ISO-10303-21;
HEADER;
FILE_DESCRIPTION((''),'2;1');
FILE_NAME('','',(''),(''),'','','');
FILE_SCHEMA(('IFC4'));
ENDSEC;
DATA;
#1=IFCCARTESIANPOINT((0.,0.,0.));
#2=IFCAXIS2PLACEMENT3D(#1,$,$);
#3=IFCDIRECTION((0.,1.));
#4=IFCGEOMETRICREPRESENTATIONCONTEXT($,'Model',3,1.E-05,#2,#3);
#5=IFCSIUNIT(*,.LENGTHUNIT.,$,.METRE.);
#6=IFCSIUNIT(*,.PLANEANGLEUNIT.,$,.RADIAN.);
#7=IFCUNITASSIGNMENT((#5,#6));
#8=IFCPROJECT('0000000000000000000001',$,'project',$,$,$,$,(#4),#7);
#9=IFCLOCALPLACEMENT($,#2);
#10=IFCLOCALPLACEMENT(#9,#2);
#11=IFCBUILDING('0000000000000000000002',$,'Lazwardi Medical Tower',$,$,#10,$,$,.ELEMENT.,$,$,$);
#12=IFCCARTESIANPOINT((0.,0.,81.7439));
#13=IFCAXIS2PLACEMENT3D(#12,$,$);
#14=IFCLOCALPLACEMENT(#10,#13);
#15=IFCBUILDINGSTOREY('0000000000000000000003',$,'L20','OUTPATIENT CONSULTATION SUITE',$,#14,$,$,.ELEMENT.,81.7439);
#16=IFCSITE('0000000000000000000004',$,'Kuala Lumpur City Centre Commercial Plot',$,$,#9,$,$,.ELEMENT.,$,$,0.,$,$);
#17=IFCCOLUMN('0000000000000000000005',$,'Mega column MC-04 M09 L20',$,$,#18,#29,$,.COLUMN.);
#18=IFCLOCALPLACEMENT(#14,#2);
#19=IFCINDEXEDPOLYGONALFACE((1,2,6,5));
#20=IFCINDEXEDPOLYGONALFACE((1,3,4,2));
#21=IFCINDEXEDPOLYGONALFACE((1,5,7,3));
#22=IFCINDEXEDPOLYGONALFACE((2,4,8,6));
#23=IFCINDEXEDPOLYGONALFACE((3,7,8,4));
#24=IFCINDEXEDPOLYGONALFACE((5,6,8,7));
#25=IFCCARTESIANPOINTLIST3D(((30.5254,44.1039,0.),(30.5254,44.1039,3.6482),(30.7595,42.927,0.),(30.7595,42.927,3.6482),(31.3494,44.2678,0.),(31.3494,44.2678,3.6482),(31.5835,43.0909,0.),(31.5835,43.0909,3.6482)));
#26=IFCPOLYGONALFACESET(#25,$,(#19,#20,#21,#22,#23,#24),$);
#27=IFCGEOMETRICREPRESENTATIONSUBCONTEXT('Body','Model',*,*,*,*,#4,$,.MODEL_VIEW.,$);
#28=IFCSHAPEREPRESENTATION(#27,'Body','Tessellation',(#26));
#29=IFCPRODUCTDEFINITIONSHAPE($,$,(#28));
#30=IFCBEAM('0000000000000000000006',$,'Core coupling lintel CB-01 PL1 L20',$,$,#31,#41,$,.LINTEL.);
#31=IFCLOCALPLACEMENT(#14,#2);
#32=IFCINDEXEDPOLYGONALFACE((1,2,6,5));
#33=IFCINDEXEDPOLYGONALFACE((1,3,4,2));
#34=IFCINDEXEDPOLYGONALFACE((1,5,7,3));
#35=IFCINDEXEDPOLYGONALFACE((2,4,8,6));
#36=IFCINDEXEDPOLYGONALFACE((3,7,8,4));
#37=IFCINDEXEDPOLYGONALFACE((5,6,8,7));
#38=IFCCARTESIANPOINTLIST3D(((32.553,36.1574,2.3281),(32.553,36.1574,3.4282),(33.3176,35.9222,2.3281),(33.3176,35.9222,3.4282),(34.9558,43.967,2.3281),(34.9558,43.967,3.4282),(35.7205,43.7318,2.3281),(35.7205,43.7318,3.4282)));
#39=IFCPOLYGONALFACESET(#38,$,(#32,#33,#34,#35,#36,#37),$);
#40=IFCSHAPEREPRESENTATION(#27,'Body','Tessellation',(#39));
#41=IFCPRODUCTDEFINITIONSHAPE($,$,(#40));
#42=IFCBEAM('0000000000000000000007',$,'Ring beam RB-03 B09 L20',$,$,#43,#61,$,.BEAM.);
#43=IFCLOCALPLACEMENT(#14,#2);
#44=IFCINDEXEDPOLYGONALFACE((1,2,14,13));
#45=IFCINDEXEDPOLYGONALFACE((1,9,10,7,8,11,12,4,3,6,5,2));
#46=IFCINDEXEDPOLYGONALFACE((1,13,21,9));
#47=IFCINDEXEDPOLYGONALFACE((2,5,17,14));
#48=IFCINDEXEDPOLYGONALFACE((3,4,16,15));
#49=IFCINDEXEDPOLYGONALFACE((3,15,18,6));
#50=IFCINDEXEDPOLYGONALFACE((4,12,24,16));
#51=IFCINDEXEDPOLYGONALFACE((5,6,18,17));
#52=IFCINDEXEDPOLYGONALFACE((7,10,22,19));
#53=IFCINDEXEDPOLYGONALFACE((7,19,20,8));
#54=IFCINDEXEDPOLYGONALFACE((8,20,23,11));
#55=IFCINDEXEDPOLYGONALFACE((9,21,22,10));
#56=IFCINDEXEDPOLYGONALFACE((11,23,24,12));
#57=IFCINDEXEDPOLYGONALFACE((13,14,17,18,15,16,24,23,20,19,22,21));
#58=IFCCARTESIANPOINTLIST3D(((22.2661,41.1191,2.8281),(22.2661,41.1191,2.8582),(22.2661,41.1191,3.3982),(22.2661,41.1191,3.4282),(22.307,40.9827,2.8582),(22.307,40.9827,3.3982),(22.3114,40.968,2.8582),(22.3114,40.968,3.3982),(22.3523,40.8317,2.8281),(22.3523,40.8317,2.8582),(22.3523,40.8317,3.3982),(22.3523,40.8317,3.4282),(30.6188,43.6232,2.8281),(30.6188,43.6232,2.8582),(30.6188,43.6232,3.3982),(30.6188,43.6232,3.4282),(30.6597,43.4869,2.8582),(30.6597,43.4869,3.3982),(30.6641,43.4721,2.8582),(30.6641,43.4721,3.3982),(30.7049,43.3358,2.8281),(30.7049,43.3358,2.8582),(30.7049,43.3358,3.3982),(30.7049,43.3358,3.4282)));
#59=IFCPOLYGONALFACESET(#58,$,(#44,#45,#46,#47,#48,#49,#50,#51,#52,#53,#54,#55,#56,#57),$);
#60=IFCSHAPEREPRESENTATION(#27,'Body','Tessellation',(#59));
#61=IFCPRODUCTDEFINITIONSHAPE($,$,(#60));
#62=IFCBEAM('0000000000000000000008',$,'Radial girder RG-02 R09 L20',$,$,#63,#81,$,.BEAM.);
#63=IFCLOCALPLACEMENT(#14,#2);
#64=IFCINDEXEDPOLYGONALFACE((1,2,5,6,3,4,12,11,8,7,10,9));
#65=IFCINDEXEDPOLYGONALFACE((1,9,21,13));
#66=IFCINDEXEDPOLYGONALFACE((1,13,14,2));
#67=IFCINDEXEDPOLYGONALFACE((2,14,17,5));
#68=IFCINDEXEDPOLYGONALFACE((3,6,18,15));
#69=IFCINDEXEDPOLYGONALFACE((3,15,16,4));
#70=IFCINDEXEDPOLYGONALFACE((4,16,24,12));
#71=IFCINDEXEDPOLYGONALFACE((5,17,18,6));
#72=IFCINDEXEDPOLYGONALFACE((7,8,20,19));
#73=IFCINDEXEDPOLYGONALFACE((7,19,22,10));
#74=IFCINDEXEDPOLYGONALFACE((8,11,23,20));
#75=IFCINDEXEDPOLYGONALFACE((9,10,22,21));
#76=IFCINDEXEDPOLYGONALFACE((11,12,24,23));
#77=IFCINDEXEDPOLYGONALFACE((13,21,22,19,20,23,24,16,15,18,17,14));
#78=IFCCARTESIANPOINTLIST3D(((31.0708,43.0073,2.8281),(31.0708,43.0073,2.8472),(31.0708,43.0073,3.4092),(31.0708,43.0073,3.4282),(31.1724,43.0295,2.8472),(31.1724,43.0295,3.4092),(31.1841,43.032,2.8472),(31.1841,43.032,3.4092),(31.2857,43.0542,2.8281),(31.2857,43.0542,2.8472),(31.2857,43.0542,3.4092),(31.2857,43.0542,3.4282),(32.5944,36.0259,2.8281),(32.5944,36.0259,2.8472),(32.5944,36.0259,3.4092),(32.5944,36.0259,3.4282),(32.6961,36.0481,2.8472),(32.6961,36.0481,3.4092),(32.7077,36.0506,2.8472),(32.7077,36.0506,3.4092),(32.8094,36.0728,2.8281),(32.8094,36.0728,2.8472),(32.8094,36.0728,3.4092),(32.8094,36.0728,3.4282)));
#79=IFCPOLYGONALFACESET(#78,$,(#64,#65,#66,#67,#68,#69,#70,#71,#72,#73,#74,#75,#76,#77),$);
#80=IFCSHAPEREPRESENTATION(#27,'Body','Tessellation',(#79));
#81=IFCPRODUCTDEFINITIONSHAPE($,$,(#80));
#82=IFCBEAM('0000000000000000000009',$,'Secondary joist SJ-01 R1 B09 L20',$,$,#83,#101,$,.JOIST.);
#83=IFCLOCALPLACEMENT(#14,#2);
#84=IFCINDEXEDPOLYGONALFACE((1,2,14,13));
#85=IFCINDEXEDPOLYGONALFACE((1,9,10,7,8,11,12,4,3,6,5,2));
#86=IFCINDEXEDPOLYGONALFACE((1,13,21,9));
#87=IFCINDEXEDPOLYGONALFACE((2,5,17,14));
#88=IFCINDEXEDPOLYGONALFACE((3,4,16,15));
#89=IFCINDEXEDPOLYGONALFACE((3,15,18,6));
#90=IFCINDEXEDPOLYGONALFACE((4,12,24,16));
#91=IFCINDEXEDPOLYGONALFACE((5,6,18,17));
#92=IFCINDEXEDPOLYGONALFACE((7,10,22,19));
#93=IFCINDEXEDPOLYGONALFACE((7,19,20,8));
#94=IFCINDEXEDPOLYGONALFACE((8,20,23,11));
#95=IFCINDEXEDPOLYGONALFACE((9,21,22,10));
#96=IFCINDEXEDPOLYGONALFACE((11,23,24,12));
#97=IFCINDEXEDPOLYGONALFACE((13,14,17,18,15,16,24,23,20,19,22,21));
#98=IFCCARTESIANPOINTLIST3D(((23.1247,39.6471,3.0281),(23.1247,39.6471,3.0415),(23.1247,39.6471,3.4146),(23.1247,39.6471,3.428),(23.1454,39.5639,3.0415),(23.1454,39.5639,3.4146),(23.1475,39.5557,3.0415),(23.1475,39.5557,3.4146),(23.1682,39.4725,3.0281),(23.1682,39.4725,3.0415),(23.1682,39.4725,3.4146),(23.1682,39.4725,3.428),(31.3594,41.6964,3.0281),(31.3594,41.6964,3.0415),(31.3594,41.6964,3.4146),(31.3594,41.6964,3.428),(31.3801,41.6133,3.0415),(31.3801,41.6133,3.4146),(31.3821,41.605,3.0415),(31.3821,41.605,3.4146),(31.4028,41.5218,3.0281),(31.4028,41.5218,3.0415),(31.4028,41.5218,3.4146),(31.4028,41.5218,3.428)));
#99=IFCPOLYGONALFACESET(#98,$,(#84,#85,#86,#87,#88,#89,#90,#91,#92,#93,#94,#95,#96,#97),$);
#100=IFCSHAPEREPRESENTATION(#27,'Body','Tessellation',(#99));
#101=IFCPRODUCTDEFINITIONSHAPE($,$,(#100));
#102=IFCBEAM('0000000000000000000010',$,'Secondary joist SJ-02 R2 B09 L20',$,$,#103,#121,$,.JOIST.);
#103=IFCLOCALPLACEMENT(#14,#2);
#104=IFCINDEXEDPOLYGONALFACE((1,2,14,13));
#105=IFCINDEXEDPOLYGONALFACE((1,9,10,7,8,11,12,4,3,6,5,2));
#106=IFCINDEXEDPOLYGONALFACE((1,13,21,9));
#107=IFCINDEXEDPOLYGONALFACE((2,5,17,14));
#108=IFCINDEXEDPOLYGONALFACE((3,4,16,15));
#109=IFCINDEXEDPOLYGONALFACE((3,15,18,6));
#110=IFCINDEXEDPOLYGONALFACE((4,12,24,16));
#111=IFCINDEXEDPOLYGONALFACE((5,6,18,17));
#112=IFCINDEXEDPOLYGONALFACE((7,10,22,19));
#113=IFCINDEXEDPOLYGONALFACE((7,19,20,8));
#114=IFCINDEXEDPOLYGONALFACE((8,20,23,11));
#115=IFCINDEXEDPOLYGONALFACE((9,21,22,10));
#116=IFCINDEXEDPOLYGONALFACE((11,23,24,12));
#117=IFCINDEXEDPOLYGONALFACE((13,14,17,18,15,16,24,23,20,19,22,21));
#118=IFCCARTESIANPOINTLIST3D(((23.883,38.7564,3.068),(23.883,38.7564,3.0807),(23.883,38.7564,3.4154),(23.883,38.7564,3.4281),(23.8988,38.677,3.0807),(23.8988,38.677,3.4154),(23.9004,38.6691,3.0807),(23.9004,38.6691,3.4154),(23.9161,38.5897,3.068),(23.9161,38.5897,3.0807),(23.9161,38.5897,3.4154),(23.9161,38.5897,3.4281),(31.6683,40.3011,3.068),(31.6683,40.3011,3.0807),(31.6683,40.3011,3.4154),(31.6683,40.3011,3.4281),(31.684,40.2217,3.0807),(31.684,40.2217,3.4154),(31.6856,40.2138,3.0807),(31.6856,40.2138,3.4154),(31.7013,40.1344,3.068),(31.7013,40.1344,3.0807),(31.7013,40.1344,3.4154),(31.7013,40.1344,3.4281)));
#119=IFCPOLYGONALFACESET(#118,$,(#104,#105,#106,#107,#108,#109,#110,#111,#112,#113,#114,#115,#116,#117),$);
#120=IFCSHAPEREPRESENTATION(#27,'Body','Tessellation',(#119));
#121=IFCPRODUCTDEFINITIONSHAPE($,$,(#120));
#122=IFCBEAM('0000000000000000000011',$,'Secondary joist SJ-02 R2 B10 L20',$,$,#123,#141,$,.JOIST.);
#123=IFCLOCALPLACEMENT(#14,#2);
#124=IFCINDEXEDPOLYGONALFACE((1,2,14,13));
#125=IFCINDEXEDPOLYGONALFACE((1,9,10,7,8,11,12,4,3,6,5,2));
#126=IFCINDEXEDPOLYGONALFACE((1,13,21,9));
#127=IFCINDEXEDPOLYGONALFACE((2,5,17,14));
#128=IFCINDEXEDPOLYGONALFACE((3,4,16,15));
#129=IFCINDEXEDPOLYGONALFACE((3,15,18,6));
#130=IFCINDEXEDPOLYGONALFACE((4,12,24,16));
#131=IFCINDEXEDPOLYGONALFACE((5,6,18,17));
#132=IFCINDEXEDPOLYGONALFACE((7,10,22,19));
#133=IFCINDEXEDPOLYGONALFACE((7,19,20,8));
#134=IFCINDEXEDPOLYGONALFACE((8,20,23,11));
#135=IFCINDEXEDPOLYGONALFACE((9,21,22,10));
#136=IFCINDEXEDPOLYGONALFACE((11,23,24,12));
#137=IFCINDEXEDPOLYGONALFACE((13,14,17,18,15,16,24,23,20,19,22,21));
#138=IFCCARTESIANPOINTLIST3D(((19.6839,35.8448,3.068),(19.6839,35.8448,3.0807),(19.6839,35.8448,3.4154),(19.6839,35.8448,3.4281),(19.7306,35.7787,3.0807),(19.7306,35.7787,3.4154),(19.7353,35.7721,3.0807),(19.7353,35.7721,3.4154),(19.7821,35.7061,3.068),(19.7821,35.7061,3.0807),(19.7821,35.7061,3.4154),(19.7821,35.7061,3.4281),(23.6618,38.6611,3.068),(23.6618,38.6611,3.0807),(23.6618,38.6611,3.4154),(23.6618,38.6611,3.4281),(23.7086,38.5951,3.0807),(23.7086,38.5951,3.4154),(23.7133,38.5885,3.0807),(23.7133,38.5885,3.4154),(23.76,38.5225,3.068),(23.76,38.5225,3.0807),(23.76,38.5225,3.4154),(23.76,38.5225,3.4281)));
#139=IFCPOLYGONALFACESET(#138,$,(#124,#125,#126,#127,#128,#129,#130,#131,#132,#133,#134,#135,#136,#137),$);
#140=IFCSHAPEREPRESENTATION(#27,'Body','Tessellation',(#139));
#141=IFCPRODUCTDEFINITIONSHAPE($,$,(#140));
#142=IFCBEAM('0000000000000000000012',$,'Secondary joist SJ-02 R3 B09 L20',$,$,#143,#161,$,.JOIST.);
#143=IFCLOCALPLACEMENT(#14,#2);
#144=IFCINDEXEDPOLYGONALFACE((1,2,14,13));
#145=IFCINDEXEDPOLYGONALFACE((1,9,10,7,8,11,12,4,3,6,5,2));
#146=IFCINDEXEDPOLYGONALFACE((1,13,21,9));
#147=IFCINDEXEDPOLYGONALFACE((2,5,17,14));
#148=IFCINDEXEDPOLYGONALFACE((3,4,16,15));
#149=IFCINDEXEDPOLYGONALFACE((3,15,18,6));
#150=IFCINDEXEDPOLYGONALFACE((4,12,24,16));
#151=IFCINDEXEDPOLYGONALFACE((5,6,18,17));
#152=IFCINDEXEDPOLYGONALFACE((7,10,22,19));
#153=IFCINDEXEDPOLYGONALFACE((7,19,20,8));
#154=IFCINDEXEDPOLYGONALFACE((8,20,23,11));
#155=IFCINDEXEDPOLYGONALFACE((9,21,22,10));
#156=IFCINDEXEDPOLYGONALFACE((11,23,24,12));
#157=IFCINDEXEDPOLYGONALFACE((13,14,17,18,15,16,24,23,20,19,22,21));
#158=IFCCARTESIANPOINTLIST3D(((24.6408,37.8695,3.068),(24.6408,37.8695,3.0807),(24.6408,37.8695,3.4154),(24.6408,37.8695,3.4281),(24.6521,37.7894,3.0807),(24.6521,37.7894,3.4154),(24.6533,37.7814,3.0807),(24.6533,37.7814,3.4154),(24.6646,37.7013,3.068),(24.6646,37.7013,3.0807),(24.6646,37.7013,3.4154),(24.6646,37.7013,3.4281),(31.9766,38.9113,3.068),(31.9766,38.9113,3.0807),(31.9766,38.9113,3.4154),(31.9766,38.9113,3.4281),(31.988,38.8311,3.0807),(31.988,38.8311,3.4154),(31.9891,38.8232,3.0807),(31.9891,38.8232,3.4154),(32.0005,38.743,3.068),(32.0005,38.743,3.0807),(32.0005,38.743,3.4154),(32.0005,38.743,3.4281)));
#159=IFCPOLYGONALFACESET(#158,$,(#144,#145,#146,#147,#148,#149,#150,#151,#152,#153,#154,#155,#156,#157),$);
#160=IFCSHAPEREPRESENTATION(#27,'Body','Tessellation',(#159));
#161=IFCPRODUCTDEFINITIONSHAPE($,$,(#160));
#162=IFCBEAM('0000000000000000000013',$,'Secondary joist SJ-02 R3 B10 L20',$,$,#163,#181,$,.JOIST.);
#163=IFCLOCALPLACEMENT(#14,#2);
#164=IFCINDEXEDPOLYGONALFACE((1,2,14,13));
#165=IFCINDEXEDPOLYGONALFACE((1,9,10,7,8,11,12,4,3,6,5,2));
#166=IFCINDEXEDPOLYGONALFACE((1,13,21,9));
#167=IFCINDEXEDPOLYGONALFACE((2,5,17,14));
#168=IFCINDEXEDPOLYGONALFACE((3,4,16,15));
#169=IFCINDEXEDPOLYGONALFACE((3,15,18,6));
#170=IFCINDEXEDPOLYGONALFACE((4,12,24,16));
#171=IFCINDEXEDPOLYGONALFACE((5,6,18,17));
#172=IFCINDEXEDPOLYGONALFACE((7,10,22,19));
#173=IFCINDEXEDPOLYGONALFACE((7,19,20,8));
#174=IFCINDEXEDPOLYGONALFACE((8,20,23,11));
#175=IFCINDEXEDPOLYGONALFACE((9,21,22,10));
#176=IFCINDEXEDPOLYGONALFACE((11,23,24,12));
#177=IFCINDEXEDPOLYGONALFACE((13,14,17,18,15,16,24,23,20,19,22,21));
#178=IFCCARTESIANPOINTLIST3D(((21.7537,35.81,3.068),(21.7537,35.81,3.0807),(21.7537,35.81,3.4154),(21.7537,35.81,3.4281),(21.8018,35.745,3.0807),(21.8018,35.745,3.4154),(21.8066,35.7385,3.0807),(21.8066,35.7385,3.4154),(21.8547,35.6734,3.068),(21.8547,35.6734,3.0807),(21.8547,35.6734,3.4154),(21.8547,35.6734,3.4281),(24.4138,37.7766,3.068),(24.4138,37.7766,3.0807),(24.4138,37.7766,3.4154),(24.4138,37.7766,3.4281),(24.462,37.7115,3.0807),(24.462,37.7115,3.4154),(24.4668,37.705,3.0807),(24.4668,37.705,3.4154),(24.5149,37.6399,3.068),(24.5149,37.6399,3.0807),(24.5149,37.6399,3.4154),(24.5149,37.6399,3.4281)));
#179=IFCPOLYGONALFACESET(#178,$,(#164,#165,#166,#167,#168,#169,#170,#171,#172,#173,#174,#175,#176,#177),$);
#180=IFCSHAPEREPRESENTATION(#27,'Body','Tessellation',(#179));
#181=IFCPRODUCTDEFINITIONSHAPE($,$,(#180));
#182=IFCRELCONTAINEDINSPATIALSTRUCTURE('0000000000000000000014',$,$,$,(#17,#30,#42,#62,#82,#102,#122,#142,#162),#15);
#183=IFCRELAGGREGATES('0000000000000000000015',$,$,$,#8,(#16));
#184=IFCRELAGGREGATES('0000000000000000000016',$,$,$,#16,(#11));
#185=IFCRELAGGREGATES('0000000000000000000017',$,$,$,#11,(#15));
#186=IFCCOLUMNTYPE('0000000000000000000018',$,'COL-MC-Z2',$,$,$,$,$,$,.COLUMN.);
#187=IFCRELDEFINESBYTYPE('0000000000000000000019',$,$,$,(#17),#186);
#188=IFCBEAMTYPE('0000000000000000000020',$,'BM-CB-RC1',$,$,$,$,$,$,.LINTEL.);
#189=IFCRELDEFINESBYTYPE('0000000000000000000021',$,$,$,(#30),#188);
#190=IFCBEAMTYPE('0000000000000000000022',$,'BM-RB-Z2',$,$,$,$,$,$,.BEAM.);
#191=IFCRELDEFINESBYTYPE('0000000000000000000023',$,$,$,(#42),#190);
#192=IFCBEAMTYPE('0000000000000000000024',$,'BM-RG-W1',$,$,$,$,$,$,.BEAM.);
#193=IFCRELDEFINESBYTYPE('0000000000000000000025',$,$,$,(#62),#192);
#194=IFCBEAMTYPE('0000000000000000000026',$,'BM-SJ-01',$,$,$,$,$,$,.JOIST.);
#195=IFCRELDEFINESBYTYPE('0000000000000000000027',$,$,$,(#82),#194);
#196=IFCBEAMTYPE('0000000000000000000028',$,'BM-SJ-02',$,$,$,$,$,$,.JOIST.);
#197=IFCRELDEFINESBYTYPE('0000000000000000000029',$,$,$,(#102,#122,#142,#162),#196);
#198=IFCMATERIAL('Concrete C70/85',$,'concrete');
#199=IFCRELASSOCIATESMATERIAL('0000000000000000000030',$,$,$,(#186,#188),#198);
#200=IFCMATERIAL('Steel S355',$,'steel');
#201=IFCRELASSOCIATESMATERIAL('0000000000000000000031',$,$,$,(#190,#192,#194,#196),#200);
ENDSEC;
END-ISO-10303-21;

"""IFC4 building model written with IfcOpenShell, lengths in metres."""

from ifc_helpers import new_model, si_unit, direction, frame, origin, origin_2d, place, context, subcontext, project, spatial, rectangle, i_section, extrude, material, material_profile, profile_set, type_object, element, save


model = new_model("IFC4")

# Units and contexts
model_context = context("Model", 3, precision=1e-05, world=origin(), true_north=direction((0.0, 1.0)))
body_context = subcontext(model_context, "Body", "Model", "MODEL_VIEW")
ifc_project = project(units=[si_unit("LENGTHUNIT", "METRE"), si_unit("PLANEANGLEUNIT", "RADIAN")], contexts=[model_context])

# Site, building, storey
site_placement = place(None, origin())
site = spatial("IfcSite", under=ifc_project, at=site_placement, Name="Kuala Lumpur City Centre Commercial Plot", CompositionType="ELEMENT", RefElevation=0.0)
building_placement = place(site_placement, origin())
building = spatial("IfcBuilding", under=site, at=building_placement, Name="Lazwardi Medical Tower", CompositionType="ELEMENT")
storey_placement = place(building_placement, frame((0.0, 0.0, 81.7439)))
storey = spatial("IfcBuildingStorey", under=building, at=storey_placement, Name="L20", Description="OUTPATIENT CONSULTATION SUITE", CompositionType="ELEMENT", Elevation=81.7439)

# Column
ifc_material_1 = material(Name="Concrete C70/85", Category="concrete")
ifc_material_profile_1 = material_profile(ifc_material_1, rectangle(XDim=1.2, YDim=0.8401, at=origin_2d()), Name="CFT-RECT 1200x840")
ifc_profile_set_1 = profile_set([ifc_material_profile_1], Name="Concrete C70/85")
column_type = type_object("IfcColumnType", Name="COL-MC-Z2", PredefinedType="COLUMN", material=ifc_profile_set_1)
column_placement = place(storey_placement, frame((31.0544, 43.5974, 0.0), z_axis=(0.0, 0.0, 1.0), x_axis=(-0.19509, 0.980785, 0.0)))
element("IfcColumn", 1, at=column_placement, inside=storey, type_object=column_type, Name="Mega column MC-04 M09 L20", PredefinedType="COLUMN", context=body_context, shape_type="SweptSolid", body=[
    extrude(rectangle(XDim=1.2, YDim=0.8401, at=origin_2d()), origin(), (0.0, 0.0, 1.0), 3.6482),
])

# Beams
ifc_material_profile_2 = material_profile(ifc_material_1, rectangle(XDim=0.8, YDim=1.1001, at=origin_2d()), Name="RC 800x1100")
ifc_profile_set_2 = profile_set([ifc_material_profile_2], Name="Concrete C70/85")
beam_type_1 = type_object("IfcBeamType", Name="BM-CB-RC1", PredefinedType="LINTEL", material=ifc_profile_set_2)
beam_1_placement = place(storey_placement, frame((32.9353, 36.0398, 2.8782), z_axis=(0.294073, 0.955783, 0.0), x_axis=(-0.955783, 0.294073, 0.0)))
element("IfcBeam", 2, at=beam_1_placement, inside=storey, type_object=beam_type_1, Name="Core coupling lintel CB-01 PL1 L20", PredefinedType="LINTEL", context=body_context, shape_type="SweptSolid", body=[
    extrude(rectangle(XDim=0.8, YDim=1.1001, at=origin_2d()), origin(), (0.0, 0.0, 1.0), 8.1709),
])
ifc_material_2 = material(Name="Steel S355", Category="steel")
ifc_material_profile_3 = material_profile(ifc_material_2, i_section(OverallWidth=0.3, OverallDepth=0.6001, WebThickness=0.0154, FlangeThickness=0.03, at=origin_2d()), Name="HEB 600")
ifc_profile_set_3 = profile_set([ifc_material_profile_3], Name="Steel S355")
beam_type_2 = type_object("IfcBeamType", Name="BM-RB-Z2", PredefinedType="BEAM", material=ifc_profile_set_3)
beam_2_placement = place(storey_placement, frame((30.6619, 43.4795, 3.1282), z_axis=(-0.957879, -0.287171, 0.0), x_axis=(0.287171, -0.957879, 0.0)))
element("IfcBeam", 3, at=beam_2_placement, inside=storey, type_object=beam_type_2, Name="Ring beam RB-03 B09 L20", PredefinedType="BEAM", context=body_context, shape_type="SweptSolid", body=[
    extrude(i_section(OverallWidth=0.3, OverallDepth=0.6001, WebThickness=0.0154, FlangeThickness=0.03, at=origin_2d()), origin(), (0.0, 0.0, 1.0), 8.72),
])
ifc_material_profile_4 = material_profile(ifc_material_2, i_section(OverallWidth=0.22, OverallDepth=0.6001, WebThickness=0.012, FlangeThickness=0.019, at=origin_2d()), Name="IPE 600")
ifc_profile_set_4 = profile_set([ifc_material_profile_4], Name="Steel S355")
beam_type_3 = type_object("IfcBeamType", Name="BM-RG-W1", PredefinedType="BEAM", material=ifc_profile_set_4)
beam_3_placement = place(storey_placement, frame((31.1782, 43.0308, 3.1282), z_axis=(0.213228, -0.977002, 0.0), x_axis=(0.977002, 0.213228, 0.0)))
element("IfcBeam", 4, at=beam_3_placement, inside=storey, type_object=beam_type_3, Name="Radial girder RG-02 R09 L20", PredefinedType="BEAM", context=body_context, shape_type="SweptSolid", body=[
    extrude(i_section(OverallWidth=0.22, OverallDepth=0.6001, WebThickness=0.012, FlangeThickness=0.019, at=origin_2d()), origin(), (0.0, 0.0, 1.0), 7.1458),
])
ifc_material_profile_5 = material_profile(ifc_material_2, i_section(OverallWidth=0.1799, OverallDepth=0.3999, WebThickness=0.0085, FlangeThickness=0.0134, at=origin_2d()), Name="IPE 400")
ifc_profile_set_5 = profile_set([ifc_material_profile_5], Name="Steel S355")
beam_type_4 = type_object("IfcBeamType", Name="BM-SJ-01", PredefinedType="JOIST", material=ifc_profile_set_5)
beam_4_placement = place(storey_placement, frame((31.3811, 41.6091, 3.228), z_axis=(-0.970401, -0.2415, 0.0), x_axis=(0.2415, -0.970401, 0.0)))
element("IfcBeam", 5, at=beam_4_placement, inside=storey, type_object=beam_type_4, Name="Secondary joist SJ-01 R1 B09 L20", PredefinedType="JOIST", context=body_context, shape_type="SweptSolid", body=[
    extrude(i_section(OverallWidth=0.1799, OverallDepth=0.3999, WebThickness=0.0085, FlangeThickness=0.0134, at=origin_2d()), origin(), (0.0, 0.0, 1.0), 8.4858),
])
ifc_material_profile_6 = material_profile(ifc_material_2, i_section(OverallWidth=0.1699, OverallDepth=0.3601, WebThickness=0.0081, FlangeThickness=0.0127, at=origin_2d()), Name="IPE 360")
ifc_profile_set_6 = profile_set([ifc_material_profile_6], Name="Steel S355")
beam_type_5 = type_object("IfcBeamType", Name="BM-SJ-02", PredefinedType="JOIST", material=ifc_profile_set_6)
beam_5_placement = place(storey_placement, frame((31.6848, 40.2178, 3.248), z_axis=(-0.980879, -0.194619, 0.0), x_axis=(0.194619, -0.980879, 0.0)))
element("IfcBeam", 6, at=beam_5_placement, inside=storey, type_object=beam_type_5, Name="Secondary joist SJ-02 R2 B09 L20", PredefinedType="JOIST", context=body_context, shape_type="SweptSolid", body=[
    extrude(i_section(OverallWidth=0.1699, OverallDepth=0.3601, WebThickness=0.0081, FlangeThickness=0.0127, at=origin_2d()), origin(), (0.0, 0.0, 1.0), 7.937),
])
beam_6_placement = place(storey_placement, frame((23.7109, 38.5918, 3.248), z_axis=(-0.816156, -0.577831, 0.0), x_axis=(0.577831, -0.816156, 0.0)))
element("IfcBeam", 7, at=beam_6_placement, inside=storey, type_object=beam_type_5, Name="Secondary joist SJ-02 R2 B10 L20", PredefinedType="JOIST", context=body_context, shape_type="SweptSolid", body=[
    extrude(i_section(OverallWidth=0.1699, OverallDepth=0.3601, WebThickness=0.0081, FlangeThickness=0.0127, at=origin_2d()), origin(), (0.0, 0.0, 1.0), 4.874),
])
beam_7_placement = place(storey_placement, frame((31.9885, 38.8271, 3.248), z_axis=(-0.990067, -0.140596, 0.0), x_axis=(0.140596, -0.990067, 0.0)))
element("IfcBeam", 8, at=beam_7_placement, inside=storey, type_object=beam_type_5, Name="Secondary joist SJ-02 R3 B09 L20", PredefinedType="JOIST", context=body_context, shape_type="SweptSolid", body=[
    extrude(i_section(OverallWidth=0.1699, OverallDepth=0.3601, WebThickness=0.0081, FlangeThickness=0.0127, at=origin_2d()), origin(), (0.0, 0.0, 1.0), 7.4094),
])
beam_8_placement = place(storey_placement, frame((24.4644, 37.7083, 3.248), z_axis=(-0.804126, -0.59446, 0.0), x_axis=(0.59446, -0.804126, 0.0)))
element("IfcBeam", 9, at=beam_8_placement, inside=storey, type_object=beam_type_5, Name="Secondary joist SJ-02 R3 B10 L20", PredefinedType="JOIST", context=body_context, shape_type="SweptSolid", body=[
    extrude(i_section(OverallWidth=0.1699, OverallDepth=0.3601, WebThickness=0.0081, FlangeThickness=0.0127, at=origin_2d()), origin(), (0.0, 0.0, 1.0), 3.3081),
])

save(model, "model.ifc")
